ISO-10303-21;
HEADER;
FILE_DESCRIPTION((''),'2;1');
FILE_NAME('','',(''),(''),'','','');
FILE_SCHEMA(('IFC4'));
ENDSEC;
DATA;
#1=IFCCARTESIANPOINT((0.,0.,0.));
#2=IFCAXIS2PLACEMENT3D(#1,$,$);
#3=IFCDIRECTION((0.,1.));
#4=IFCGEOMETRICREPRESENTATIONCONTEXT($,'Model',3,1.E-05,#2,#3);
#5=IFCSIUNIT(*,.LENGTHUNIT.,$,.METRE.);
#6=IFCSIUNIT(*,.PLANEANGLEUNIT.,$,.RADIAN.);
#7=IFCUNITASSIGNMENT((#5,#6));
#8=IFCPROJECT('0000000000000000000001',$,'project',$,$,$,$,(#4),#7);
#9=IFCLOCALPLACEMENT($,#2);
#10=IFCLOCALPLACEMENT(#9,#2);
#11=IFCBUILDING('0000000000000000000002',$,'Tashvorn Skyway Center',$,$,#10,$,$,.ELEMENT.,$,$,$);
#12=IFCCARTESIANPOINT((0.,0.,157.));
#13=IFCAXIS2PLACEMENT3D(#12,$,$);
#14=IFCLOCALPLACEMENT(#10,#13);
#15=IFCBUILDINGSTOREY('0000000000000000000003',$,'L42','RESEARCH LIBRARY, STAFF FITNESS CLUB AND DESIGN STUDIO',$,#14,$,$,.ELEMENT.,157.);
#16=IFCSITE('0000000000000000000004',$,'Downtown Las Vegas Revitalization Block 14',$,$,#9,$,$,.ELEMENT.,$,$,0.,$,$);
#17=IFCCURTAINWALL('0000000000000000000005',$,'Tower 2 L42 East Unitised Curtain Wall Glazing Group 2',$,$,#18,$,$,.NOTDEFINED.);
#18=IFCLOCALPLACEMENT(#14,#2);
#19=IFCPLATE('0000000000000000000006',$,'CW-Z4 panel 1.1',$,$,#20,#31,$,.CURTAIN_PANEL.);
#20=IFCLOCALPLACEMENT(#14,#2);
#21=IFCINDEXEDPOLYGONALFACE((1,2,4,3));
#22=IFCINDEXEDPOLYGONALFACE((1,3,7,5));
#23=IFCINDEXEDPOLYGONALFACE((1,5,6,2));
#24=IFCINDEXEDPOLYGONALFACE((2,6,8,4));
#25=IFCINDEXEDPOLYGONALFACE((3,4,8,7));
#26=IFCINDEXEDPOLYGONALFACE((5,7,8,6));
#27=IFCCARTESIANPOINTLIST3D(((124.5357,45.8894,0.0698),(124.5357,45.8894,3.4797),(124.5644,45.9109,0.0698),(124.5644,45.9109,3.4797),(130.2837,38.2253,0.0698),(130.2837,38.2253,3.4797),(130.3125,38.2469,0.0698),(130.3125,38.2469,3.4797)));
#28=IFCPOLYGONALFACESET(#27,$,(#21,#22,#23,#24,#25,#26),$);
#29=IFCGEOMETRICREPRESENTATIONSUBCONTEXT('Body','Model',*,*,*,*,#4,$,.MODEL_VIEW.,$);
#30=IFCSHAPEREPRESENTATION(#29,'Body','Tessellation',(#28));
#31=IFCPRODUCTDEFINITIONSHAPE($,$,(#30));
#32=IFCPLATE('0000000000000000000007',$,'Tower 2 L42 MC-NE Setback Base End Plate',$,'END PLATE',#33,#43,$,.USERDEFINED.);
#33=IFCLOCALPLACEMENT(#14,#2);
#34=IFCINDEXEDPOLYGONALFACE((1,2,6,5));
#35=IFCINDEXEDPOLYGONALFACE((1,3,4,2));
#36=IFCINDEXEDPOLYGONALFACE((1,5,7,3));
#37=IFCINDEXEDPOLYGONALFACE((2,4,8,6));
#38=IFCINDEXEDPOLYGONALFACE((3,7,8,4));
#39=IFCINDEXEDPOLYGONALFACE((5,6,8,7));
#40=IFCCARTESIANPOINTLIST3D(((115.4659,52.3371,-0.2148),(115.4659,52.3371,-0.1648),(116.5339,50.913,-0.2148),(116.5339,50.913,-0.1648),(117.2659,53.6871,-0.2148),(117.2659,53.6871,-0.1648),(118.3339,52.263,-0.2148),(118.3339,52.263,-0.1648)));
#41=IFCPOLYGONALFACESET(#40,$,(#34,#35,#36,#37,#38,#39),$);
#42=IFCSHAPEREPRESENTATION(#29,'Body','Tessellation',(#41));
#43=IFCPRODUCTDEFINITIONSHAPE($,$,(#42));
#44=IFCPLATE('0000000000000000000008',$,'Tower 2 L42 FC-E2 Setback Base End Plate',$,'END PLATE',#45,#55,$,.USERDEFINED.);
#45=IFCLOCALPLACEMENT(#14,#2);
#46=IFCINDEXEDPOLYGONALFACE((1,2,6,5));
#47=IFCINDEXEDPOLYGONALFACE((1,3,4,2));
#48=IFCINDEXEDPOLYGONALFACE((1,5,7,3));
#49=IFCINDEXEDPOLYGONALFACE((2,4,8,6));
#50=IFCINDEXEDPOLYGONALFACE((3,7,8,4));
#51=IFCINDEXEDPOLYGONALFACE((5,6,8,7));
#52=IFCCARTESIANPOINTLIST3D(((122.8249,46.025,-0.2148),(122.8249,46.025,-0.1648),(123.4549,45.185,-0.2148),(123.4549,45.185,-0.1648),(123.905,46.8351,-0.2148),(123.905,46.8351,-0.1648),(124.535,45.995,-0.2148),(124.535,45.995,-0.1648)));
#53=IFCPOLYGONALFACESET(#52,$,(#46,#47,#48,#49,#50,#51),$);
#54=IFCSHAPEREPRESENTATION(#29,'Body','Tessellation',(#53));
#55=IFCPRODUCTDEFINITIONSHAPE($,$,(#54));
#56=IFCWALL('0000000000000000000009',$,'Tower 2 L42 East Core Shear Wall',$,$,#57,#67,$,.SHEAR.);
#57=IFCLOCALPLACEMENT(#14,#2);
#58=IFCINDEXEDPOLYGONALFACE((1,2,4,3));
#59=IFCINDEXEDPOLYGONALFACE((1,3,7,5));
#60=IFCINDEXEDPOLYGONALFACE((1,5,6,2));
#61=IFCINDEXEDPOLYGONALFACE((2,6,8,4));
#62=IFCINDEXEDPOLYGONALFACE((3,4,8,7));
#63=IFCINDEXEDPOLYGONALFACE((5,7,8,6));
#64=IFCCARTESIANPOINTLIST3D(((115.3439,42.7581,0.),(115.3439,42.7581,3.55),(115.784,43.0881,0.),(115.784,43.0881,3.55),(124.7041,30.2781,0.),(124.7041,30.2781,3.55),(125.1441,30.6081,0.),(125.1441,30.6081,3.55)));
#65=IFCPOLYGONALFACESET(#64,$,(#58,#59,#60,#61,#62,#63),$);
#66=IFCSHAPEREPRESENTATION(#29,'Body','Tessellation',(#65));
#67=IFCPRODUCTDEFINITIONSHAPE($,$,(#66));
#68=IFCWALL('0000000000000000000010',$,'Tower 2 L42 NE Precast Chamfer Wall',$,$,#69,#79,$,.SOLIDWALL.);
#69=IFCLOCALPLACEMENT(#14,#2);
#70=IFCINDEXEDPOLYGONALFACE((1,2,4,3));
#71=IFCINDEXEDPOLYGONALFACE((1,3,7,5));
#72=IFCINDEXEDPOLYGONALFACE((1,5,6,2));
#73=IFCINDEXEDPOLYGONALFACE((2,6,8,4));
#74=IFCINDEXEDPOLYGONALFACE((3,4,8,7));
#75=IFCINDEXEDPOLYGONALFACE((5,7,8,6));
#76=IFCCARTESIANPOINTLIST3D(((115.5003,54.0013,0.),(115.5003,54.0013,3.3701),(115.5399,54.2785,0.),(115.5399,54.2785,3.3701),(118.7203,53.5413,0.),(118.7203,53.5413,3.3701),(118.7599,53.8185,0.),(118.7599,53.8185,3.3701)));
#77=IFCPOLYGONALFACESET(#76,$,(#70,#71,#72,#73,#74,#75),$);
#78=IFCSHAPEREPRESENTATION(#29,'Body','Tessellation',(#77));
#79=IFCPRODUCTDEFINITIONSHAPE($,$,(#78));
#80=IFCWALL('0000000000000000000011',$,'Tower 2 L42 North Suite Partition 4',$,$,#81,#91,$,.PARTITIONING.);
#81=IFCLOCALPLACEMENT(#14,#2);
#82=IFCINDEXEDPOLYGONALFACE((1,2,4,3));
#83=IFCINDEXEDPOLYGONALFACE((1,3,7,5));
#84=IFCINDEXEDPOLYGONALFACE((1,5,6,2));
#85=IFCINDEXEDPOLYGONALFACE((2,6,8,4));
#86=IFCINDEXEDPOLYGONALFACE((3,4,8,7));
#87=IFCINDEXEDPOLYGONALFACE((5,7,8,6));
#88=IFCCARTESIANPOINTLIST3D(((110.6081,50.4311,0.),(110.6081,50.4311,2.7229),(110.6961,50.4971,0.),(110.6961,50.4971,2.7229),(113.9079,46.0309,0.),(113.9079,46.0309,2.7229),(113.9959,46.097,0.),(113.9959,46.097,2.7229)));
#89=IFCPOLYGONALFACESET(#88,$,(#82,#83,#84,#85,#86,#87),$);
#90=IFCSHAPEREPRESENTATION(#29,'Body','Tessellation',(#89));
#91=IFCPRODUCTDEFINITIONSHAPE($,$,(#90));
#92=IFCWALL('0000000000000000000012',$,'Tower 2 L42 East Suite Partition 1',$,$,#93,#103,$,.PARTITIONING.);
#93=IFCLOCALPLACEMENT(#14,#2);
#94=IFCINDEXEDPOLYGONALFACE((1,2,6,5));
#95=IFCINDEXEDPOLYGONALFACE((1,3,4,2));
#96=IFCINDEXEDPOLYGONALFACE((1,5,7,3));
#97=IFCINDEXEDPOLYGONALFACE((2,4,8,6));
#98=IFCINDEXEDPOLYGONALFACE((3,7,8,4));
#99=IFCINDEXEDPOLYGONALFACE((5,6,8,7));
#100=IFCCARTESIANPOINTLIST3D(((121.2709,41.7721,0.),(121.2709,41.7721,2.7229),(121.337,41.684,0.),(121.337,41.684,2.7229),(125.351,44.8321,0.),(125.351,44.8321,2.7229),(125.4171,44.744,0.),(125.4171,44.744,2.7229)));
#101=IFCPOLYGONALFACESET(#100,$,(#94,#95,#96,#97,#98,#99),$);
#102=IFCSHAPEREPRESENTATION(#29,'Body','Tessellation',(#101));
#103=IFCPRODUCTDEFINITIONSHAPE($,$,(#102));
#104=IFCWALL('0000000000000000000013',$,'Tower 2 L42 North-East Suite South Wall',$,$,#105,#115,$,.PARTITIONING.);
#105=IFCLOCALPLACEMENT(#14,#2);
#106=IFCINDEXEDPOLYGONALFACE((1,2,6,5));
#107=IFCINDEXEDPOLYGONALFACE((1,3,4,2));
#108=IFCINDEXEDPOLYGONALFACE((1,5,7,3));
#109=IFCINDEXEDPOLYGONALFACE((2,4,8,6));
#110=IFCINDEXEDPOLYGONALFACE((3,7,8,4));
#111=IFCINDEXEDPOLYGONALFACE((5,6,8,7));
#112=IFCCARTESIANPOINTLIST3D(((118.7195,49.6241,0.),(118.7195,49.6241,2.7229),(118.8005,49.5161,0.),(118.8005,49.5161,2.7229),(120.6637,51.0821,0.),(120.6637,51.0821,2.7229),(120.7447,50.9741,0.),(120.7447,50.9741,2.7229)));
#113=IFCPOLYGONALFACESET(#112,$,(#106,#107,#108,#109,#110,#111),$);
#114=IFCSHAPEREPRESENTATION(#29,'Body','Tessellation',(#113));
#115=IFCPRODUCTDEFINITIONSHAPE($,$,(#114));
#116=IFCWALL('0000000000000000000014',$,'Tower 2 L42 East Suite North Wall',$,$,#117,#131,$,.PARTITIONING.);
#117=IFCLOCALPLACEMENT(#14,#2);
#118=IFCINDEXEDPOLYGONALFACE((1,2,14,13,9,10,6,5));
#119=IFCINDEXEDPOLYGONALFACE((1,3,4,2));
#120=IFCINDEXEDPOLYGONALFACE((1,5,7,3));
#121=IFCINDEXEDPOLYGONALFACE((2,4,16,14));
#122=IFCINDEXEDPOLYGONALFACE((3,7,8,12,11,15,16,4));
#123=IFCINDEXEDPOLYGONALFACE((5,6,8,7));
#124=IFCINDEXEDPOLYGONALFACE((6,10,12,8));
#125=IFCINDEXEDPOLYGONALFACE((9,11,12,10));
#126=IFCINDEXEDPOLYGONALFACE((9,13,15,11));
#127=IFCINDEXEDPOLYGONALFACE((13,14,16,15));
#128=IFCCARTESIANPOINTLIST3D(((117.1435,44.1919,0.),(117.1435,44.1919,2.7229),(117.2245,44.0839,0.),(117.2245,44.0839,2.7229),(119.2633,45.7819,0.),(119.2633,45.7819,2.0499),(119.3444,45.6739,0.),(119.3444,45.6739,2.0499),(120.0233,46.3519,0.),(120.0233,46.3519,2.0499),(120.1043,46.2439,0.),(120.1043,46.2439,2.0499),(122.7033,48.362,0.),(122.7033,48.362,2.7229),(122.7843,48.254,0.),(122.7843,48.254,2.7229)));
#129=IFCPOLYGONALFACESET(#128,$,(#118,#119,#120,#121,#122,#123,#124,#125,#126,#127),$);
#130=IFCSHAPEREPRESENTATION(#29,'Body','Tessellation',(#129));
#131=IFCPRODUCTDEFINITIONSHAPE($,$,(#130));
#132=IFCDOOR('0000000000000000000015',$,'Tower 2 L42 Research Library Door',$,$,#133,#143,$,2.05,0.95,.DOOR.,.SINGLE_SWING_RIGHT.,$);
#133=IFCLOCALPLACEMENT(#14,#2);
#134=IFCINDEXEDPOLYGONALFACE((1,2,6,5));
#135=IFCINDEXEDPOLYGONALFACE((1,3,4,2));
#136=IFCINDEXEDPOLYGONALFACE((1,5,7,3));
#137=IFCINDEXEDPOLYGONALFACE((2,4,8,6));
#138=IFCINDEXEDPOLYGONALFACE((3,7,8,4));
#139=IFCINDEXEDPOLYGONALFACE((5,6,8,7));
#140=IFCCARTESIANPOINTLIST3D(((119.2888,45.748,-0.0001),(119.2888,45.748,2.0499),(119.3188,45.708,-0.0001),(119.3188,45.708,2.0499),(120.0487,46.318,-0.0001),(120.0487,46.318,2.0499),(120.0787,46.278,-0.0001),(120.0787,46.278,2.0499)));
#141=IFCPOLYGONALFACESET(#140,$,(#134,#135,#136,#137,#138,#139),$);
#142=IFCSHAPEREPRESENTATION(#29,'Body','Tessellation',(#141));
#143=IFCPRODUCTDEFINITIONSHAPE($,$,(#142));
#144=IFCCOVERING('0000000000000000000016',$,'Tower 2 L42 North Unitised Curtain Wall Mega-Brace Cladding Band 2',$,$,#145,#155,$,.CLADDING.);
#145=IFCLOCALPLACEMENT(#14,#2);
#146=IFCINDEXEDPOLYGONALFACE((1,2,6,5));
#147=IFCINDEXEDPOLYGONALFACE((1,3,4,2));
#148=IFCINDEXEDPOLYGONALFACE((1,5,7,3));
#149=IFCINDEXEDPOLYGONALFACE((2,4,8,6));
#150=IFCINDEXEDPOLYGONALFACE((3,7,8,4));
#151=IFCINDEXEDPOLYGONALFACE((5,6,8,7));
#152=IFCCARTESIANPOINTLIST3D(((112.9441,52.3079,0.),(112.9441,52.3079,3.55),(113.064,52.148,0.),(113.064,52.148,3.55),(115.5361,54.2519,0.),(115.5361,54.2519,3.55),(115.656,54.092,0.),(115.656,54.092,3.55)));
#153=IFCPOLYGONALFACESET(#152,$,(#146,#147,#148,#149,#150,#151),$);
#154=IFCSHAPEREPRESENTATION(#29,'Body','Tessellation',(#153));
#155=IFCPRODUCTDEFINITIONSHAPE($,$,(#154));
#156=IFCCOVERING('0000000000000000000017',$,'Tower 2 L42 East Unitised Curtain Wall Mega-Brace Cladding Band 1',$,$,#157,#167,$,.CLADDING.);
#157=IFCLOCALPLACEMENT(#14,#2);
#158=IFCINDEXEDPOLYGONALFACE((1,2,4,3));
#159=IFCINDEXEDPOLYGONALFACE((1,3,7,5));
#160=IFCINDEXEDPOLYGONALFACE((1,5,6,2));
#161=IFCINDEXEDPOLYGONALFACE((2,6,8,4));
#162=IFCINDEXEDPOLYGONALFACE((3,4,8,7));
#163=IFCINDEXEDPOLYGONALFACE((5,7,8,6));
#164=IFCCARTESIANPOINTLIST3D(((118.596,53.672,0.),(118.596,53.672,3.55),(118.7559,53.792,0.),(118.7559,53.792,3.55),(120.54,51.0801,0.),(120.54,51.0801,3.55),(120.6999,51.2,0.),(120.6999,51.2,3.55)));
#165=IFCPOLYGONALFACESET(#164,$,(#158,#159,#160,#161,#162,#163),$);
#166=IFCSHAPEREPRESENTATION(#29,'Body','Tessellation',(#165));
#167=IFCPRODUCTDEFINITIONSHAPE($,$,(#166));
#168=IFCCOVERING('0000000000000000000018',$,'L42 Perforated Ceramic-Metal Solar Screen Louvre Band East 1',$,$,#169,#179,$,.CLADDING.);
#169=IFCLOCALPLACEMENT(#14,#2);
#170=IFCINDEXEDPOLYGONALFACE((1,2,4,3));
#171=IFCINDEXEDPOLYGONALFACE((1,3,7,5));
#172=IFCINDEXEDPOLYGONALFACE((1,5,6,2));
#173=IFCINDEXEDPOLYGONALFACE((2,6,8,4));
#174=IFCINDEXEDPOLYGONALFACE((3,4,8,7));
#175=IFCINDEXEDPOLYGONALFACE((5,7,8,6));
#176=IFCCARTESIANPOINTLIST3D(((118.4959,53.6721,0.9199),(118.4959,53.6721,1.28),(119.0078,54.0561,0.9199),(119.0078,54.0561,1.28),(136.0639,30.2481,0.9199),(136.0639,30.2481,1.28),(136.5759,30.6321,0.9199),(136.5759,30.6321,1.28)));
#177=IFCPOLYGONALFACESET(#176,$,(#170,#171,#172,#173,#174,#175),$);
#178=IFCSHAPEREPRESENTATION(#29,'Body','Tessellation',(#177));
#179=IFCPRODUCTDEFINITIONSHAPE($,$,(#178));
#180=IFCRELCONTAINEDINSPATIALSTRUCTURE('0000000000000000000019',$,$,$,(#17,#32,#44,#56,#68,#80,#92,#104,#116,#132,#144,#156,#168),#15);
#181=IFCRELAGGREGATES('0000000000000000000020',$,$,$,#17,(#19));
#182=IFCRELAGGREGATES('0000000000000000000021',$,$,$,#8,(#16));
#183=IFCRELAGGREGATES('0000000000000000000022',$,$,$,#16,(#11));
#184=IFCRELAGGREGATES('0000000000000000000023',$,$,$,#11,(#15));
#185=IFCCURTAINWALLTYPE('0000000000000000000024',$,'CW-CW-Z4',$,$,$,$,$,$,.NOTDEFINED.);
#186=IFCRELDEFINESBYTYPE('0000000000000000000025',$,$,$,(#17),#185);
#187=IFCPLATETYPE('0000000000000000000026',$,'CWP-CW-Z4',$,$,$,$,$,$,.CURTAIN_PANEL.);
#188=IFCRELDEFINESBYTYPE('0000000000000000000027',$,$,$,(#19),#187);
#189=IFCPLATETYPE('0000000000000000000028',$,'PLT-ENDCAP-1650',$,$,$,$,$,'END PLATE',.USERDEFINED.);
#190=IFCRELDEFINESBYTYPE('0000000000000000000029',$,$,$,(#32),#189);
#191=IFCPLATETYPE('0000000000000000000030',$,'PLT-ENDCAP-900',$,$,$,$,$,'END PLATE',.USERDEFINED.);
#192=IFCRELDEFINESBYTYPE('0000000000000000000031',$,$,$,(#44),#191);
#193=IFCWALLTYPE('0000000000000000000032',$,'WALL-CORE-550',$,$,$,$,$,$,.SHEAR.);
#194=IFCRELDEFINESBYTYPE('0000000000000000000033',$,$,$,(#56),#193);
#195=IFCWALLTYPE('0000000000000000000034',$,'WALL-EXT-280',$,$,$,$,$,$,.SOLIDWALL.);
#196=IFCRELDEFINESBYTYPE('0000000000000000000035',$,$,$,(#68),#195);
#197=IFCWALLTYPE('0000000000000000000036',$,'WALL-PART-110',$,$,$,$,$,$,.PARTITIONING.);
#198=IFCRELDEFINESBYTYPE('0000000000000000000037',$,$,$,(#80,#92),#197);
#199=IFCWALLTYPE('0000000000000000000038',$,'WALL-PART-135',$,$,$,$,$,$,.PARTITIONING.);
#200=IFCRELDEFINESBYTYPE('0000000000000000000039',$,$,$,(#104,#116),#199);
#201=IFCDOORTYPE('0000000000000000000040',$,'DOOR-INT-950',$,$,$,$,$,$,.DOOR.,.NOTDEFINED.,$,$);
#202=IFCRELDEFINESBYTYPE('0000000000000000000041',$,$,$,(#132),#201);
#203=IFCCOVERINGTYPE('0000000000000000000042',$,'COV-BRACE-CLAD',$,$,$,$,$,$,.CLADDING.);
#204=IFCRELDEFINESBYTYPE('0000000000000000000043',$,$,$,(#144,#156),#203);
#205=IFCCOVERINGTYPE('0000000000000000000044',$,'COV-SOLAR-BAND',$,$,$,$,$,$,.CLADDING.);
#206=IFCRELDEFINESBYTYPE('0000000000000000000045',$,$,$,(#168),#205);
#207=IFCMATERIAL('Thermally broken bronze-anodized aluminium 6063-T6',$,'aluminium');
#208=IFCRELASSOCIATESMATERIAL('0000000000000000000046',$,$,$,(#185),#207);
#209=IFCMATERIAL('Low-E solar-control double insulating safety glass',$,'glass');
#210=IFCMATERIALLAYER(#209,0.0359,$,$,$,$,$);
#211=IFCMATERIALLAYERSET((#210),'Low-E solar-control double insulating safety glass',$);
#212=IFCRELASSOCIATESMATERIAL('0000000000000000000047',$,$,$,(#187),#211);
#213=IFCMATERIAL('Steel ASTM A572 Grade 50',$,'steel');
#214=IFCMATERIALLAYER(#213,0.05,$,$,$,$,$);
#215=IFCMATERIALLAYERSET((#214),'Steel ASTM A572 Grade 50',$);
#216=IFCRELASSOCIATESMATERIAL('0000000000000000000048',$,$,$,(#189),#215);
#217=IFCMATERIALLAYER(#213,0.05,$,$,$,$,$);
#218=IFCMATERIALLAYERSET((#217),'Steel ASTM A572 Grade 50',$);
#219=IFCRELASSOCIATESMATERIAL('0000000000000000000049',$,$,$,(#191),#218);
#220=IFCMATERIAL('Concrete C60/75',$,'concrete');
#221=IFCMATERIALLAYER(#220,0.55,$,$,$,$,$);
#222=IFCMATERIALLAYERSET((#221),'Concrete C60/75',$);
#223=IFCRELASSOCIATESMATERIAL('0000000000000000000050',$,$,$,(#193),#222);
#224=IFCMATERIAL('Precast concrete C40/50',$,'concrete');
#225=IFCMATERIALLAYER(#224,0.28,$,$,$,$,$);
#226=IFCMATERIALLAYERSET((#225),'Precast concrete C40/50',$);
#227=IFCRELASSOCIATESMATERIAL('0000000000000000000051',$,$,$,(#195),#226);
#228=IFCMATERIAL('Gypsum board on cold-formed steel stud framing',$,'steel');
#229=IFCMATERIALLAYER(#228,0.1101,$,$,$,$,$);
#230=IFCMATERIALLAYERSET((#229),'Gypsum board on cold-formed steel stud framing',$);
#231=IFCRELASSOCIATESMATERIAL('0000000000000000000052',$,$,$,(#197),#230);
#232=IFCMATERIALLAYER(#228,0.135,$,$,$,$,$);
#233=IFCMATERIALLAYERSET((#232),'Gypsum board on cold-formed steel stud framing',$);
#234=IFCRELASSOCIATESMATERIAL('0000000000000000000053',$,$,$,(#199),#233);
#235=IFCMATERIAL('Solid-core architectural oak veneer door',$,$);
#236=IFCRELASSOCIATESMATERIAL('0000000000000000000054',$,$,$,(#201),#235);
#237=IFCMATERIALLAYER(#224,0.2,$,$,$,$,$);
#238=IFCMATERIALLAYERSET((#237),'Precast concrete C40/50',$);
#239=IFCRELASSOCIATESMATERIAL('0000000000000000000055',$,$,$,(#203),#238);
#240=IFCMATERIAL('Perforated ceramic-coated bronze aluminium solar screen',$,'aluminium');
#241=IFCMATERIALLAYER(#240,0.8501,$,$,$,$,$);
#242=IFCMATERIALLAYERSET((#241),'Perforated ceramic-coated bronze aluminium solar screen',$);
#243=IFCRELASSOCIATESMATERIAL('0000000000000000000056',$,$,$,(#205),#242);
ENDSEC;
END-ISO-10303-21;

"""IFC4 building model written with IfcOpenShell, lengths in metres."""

from ifc_helpers import new_model, si_unit, direction, frame, frame_2d, origin, origin_2d, place, context, subcontext, project, spatial, rectangle, extrude, material, layer, layer_set, type_object, element, fill, aggregate, save


model = new_model("IFC4")

# Units and contexts
model_context = context("Model", 3, precision=1e-05, world=origin(), true_north=direction((0.0, 1.0)))
body_context = subcontext(model_context, "Body", "Model", "MODEL_VIEW")
ifc_project = project(units=[si_unit("LENGTHUNIT", "METRE"), si_unit("PLANEANGLEUNIT", "RADIAN")], contexts=[model_context])

# Site, building, storey
site_placement = place(None, origin())
site = spatial("IfcSite", under=ifc_project, at=site_placement, Name="Downtown Las Vegas Revitalization Block 14", CompositionType="ELEMENT", RefElevation=0.0)
building_placement = place(site_placement, origin())
building = spatial("IfcBuilding", under=site, at=building_placement, Name="Tashvorn Skyway Center", CompositionType="ELEMENT")
storey_placement = place(building_placement, frame((0.0, 0.0, 157.0)))
storey = spatial("IfcBuildingStorey", under=building, at=storey_placement, Name="L42", Description="RESEARCH LIBRARY, STAFF FITNESS CLUB AND DESIGN STUDIO", CompositionType="ELEMENT", Elevation=157.0)

# Shared definitions
ifc_material_1 = material(Name="Steel ASTM A572 Grade 50", Category="steel")

# Shared definitions
ifc_material_2 = material(Name="Thermally broken bronze-anodized aluminium 6063-T6", Category="aluminium")
curtain_wall_type = type_object("IfcCurtainWallType", Name="CW-CW-Z4", PredefinedType="NOTDEFINED", material=ifc_material_2)

# Curtain wall
curtain_wall_1_placement = place(storey_placement, origin())
curtain_wall_1 = element("IfcCurtainWall", 1, at=curtain_wall_1_placement, inside=storey, type_object=curtain_wall_type, Name="Tower 2 L42 East Unitised Curtain Wall Glazing Group 2", PredefinedType="NOTDEFINED")

# Plate
ifc_material_3 = material(Name="Low-E solar-control double insulating safety glass", Category="glass")
ifc_layer_1 = layer(ifc_material_3, 0.0359)
ifc_layer_set_1 = layer_set([ifc_layer_1], Name="Low-E solar-control double insulating safety glass")
plate_type_1 = type_object("IfcPlateType", Name="CWP-CW-Z4", PredefinedType="CURTAIN_PANEL", material=ifc_layer_set_1)
plate_1_placement = place(storey_placement, frame((127.4241, 42.0681, 0.0698), z_axis=(0.0, 0.0, 1.0), x_axis=(0.6, -0.8, 0.0)))
plate_1 = element("IfcPlate", 2, at=plate_1_placement, type_object=plate_type_1, Name="CW-Z4 panel 1.1", PredefinedType="CURTAIN_PANEL", context=body_context, shape_type="SweptSolid", body=[
    extrude(rectangle(XDim=9.5801, YDim=0.0359, at=origin_2d()), origin(), (0.0, 0.0, 1.0), 3.4099),
])
aggregate(curtain_wall_1, [plate_1])

# Plates
ifc_layer_2 = layer(ifc_material_1, 0.05)
ifc_layer_set_2 = layer_set([ifc_layer_2], Name="Steel ASTM A572 Grade 50")
plate_type_2 = type_object("IfcPlateType", Name="PLT-ENDCAP-1650", ElementType="END PLATE", PredefinedType="USERDEFINED", material=ifc_layer_set_2)
plate_2_placement = place(storey_placement, frame((116.8999, 52.3, -0.2148), z_axis=(0.0, 0.0, 1.0), x_axis=(0.8, 0.6, 0.0)))
element("IfcPlate", 3, at=plate_2_placement, inside=storey, type_object=plate_type_2, Name="Tower 2 L42 MC-NE Setback Base End Plate", ObjectType="END PLATE", PredefinedType="USERDEFINED", context=body_context, shape_type="SweptSolid", body=[
    extrude(rectangle(XDim=2.25, YDim=1.78, at=origin_2d()), origin(), (0.0, 0.0, 1.0), 0.05),
])
ifc_layer_3 = layer(ifc_material_1, 0.05)
ifc_layer_set_3 = layer_set([ifc_layer_3], Name="Steel ASTM A572 Grade 50")
plate_type_3 = type_object("IfcPlateType", Name="PLT-ENDCAP-900", ElementType="END PLATE", PredefinedType="USERDEFINED", material=ifc_layer_set_3)
plate_3_placement = place(storey_placement, frame((123.6799, 46.01, -0.2148), z_axis=(0.0, 0.0, 1.0), x_axis=(0.8, 0.6, 0.0)))
element("IfcPlate", 4, at=plate_3_placement, inside=storey, type_object=plate_type_3, Name="Tower 2 L42 FC-E2 Setback Base End Plate", ObjectType="END PLATE", PredefinedType="USERDEFINED", context=body_context, shape_type="SweptSolid", body=[
    extrude(rectangle(XDim=1.3501, YDim=1.05, at=origin_2d()), origin(), (0.0, 0.0, 1.0), 0.05),
])

# Walls
ifc_material_4 = material(Name="Concrete C60/75", Category="concrete")
ifc_layer_4 = layer(ifc_material_4, 0.55)
ifc_layer_set_4 = layer_set([ifc_layer_4], Name="Concrete C60/75")
wall_type_1 = type_object("IfcWallType", Name="WALL-CORE-550", PredefinedType="SHEAR", material=ifc_layer_set_4)
wall_1_placement = place(storey_placement, frame((115.564, 42.9231, 0.0), z_axis=(0.0, 0.0, 1.0), x_axis=(0.600005, -0.799996, 0.0)))
element("IfcWall", 5, at=wall_1_placement, inside=storey, type_object=wall_type_1, Name="Tower 2 L42 East Core Shear Wall", PredefinedType="SHEAR", context=body_context, shape_type="SweptSolid", body=[
    extrude(rectangle(XDim=15.6001, YDim=0.55, at=frame_2d((7.8, 0.0))), origin(), (0.0, 0.0, 1.0), 3.55),
])
ifc_material_5 = material(Name="Precast concrete C40/50", Category="concrete")
ifc_layer_5 = layer(ifc_material_5, 0.28)
ifc_layer_set_5 = layer_set([ifc_layer_5], Name="Precast concrete C40/50")
wall_type_2 = type_object("IfcWallType", Name="WALL-EXT-280", PredefinedType="SOLIDWALL", material=ifc_layer_set_5)
wall_2_placement = place(storey_placement, frame((115.52, 54.1399, 0.0), z_axis=(0.0, 0.0, 1.0), x_axis=(0.989951, -0.141411, 0.0)))
element("IfcWall", 6, at=wall_2_placement, inside=storey, type_object=wall_type_2, Name="Tower 2 L42 NE Precast Chamfer Wall", PredefinedType="SOLIDWALL", context=body_context, shape_type="SweptSolid", body=[
    extrude(rectangle(XDim=3.2527, YDim=0.28, at=frame_2d((1.6265, 0.0))), origin(), (0.0, 0.0, 1.0), 3.3701),
])
ifc_material_6 = material(Name="Gypsum board on cold-formed steel stud framing", Category="steel")
ifc_layer_6 = layer(ifc_material_6, 0.1101)
ifc_layer_set_6 = layer_set([ifc_layer_6], Name="Gypsum board on cold-formed steel stud framing")
wall_type_3 = type_object("IfcWallType", Name="WALL-PART-110", PredefinedType="PARTITIONING", material=ifc_layer_set_6)
wall_3_placement = place(storey_placement, frame((113.9519, 46.064, 0.0), z_axis=(0.0, 0.0, 1.0), x_axis=(-0.599964, 0.800027, 0.0)))
element("IfcWall", 7, at=wall_3_placement, inside=storey, type_object=wall_type_3, Name="Tower 2 L42 North Suite Partition 4", PredefinedType="PARTITIONING", context=body_context, shape_type="SweptSolid", body=[
    extrude(rectangle(XDim=5.5, YDim=0.1101, at=frame_2d((2.75, 0.0))), origin(), (0.0, 0.0, 1.0), 2.7229),
])
wall_4_placement = place(storey_placement, frame((125.384, 44.7881, 0.0), z_axis=(0.0, 0.0, 1.0), x_axis=(-0.8, -0.6, 0.0)))
element("IfcWall", 8, at=wall_4_placement, inside=storey, type_object=wall_type_3, Name="Tower 2 L42 East Suite Partition 1", PredefinedType="PARTITIONING", context=body_context, shape_type="SweptSolid", body=[
    extrude(rectangle(XDim=5.1001, YDim=0.1101, at=frame_2d((2.55, 0.0))), origin(), (0.0, 0.0, 1.0), 2.7229),
])
ifc_layer_7 = layer(ifc_material_6, 0.135)
ifc_layer_set_7 = layer_set([ifc_layer_7], Name="Gypsum board on cold-formed steel stud framing")
wall_type_4 = type_object("IfcWallType", Name="WALL-PART-135", PredefinedType="PARTITIONING", material=ifc_layer_set_7)
wall_5_placement = place(storey_placement, frame((118.76, 49.5701, 0.0), z_axis=(0.0, 0.0, 1.0), x_axis=(0.800012, 0.599984, 0.0)))
element("IfcWall", 9, at=wall_5_placement, inside=storey, type_object=wall_type_4, Name="Tower 2 L42 North-East Suite South Wall", PredefinedType="PARTITIONING", context=body_context, shape_type="SweptSolid", body=[
    extrude(rectangle(XDim=2.4302, YDim=0.135, at=frame_2d((1.2151, 0.0))), origin(), (0.0, 0.0, 1.0), 2.7229),
])

# Wall, opening, door
wall_6_placement = place(storey_placement, frame((122.7439, 48.3081, 0.0), z_axis=(0.0, 0.0, 1.0), x_axis=(-0.799979, -0.600028, 0.0)))
wall_6 = element("IfcWall", 10, at=wall_6_placement, inside=storey, type_object=wall_type_4, Name="Tower 2 L42 East Suite North Wall", PredefinedType="PARTITIONING", context=body_context, shape_type="SweptSolid", body=[
    extrude(rectangle(XDim=6.95, YDim=0.135, at=frame_2d((3.4751, 0.0))), origin(), (0.0, 0.0, 1.0), 2.7229),
])
opening_placement = place(wall_6_placement, frame((3.3501, 0.0, 0.0)))
opening = element("IfcOpeningElement", 11, at=opening_placement, cuts=wall_6, PredefinedType="OPENING", context=body_context, shape_type="SweptSolid", body=[
    extrude(rectangle(XDim=0.95, YDim=2.05, at=frame_2d((0.4751, 1.0249))), frame((0.0, 0.0774, 0.0), z_axis=(0.0, -1.0, 0.0), x_axis=(1.0, 0.0, 0.0)), (0.0, 0.0, 1.0), 0.155),
])
ifc_material_7 = material(Name="Solid-core architectural oak veneer door")
door_type = type_object("IfcDoorType", Name="DOOR-INT-950", OperationType="NOTDEFINED", PredefinedType="DOOR", material=ifc_material_7)
door_placement = place(opening_placement, origin())
door = element("IfcDoor", 12, at=door_placement, inside=storey, type_object=door_type, Name="Tower 2 L42 Research Library Door", OperationType="SINGLE_SWING_RIGHT", OverallHeight=2.05, OverallWidth=0.95, PredefinedType="DOOR", context=body_context, shape_type="SweptSolid", body=[
    extrude(rectangle(XDim=0.95, YDim=2.05, at=frame_2d((0.4751, 1.0249))), frame((0.0, 0.0249, 0.0), z_axis=(0.0, -1.0, 0.0), x_axis=(1.0, 0.0, 0.0)), (0.0, 0.0, 1.0), 0.05),
])
fill(opening, door)

# Coverings
ifc_layer_8 = layer(ifc_material_5, 0.2)
ifc_layer_set_8 = layer_set([ifc_layer_8], Name="Precast concrete C40/50")
covering_type_1 = type_object("IfcCoveringType", Name="COV-BRACE-CLAD", PredefinedType="CLADDING", material=ifc_layer_set_8)
for number, where, z_axis, x_axis, name in (
    (13, (114.3, 53.2, 0.0), (0.0, 0.0, 1.0), (0.8, 0.6, 0.0), "Tower 2 L42 North Unitised Curtain Wall Mega-Brace Cladding Band 2"),
    (14, (119.6479, 52.436, 0.0), (0.0, 0.0, 1.0), (0.6, -0.8, 0.0), "Tower 2 L42 East Unitised Curtain Wall Mega-Brace Cladding Band 1"),
):
    element("IfcCovering", number, at=place(storey_placement, frame(where, z_axis=z_axis, x_axis=x_axis)), inside=storey, type_object=covering_type_1, Name=name, PredefinedType="CLADDING", context=body_context, shape_type="SweptSolid", body=[
        extrude(rectangle(XDim=3.24, YDim=0.2, at=origin_2d()), origin(), (0.0, 0.0, 1.0), 3.55),
    ])
ifc_material_8 = material(Name="Perforated ceramic-coated bronze aluminium solar screen", Category="aluminium")
ifc_layer_9 = layer(ifc_material_8, 0.8501)
ifc_layer_set_9 = layer_set([ifc_layer_9], Name="Perforated ceramic-coated bronze aluminium solar screen")
covering_type_2 = type_object("IfcCoveringType", Name="COV-SOLAR-BAND", PredefinedType="CLADDING", material=ifc_layer_set_9)
for number, where, z_axis, x_axis, name in (
    (15, (127.5359, 42.1521, 0.9199), (0.0, 0.0, 1.0), (0.6, -0.8, 0.0), "L42 Perforated Ceramic-Metal Solar Screen Louvre Band East 1"),
):
    element("IfcCovering", number, at=place(storey_placement, frame(where, z_axis=z_axis, x_axis=x_axis)), inside=storey, type_object=covering_type_2, Name=name, PredefinedType="CLADDING", context=body_context, shape_type="SweptSolid", body=[
        extrude(rectangle(XDim=29.28, YDim=0.6399, at=origin_2d()), origin(), (0.0, 0.0, 1.0), 0.3601),
    ])

save(model, "model.ifc")
